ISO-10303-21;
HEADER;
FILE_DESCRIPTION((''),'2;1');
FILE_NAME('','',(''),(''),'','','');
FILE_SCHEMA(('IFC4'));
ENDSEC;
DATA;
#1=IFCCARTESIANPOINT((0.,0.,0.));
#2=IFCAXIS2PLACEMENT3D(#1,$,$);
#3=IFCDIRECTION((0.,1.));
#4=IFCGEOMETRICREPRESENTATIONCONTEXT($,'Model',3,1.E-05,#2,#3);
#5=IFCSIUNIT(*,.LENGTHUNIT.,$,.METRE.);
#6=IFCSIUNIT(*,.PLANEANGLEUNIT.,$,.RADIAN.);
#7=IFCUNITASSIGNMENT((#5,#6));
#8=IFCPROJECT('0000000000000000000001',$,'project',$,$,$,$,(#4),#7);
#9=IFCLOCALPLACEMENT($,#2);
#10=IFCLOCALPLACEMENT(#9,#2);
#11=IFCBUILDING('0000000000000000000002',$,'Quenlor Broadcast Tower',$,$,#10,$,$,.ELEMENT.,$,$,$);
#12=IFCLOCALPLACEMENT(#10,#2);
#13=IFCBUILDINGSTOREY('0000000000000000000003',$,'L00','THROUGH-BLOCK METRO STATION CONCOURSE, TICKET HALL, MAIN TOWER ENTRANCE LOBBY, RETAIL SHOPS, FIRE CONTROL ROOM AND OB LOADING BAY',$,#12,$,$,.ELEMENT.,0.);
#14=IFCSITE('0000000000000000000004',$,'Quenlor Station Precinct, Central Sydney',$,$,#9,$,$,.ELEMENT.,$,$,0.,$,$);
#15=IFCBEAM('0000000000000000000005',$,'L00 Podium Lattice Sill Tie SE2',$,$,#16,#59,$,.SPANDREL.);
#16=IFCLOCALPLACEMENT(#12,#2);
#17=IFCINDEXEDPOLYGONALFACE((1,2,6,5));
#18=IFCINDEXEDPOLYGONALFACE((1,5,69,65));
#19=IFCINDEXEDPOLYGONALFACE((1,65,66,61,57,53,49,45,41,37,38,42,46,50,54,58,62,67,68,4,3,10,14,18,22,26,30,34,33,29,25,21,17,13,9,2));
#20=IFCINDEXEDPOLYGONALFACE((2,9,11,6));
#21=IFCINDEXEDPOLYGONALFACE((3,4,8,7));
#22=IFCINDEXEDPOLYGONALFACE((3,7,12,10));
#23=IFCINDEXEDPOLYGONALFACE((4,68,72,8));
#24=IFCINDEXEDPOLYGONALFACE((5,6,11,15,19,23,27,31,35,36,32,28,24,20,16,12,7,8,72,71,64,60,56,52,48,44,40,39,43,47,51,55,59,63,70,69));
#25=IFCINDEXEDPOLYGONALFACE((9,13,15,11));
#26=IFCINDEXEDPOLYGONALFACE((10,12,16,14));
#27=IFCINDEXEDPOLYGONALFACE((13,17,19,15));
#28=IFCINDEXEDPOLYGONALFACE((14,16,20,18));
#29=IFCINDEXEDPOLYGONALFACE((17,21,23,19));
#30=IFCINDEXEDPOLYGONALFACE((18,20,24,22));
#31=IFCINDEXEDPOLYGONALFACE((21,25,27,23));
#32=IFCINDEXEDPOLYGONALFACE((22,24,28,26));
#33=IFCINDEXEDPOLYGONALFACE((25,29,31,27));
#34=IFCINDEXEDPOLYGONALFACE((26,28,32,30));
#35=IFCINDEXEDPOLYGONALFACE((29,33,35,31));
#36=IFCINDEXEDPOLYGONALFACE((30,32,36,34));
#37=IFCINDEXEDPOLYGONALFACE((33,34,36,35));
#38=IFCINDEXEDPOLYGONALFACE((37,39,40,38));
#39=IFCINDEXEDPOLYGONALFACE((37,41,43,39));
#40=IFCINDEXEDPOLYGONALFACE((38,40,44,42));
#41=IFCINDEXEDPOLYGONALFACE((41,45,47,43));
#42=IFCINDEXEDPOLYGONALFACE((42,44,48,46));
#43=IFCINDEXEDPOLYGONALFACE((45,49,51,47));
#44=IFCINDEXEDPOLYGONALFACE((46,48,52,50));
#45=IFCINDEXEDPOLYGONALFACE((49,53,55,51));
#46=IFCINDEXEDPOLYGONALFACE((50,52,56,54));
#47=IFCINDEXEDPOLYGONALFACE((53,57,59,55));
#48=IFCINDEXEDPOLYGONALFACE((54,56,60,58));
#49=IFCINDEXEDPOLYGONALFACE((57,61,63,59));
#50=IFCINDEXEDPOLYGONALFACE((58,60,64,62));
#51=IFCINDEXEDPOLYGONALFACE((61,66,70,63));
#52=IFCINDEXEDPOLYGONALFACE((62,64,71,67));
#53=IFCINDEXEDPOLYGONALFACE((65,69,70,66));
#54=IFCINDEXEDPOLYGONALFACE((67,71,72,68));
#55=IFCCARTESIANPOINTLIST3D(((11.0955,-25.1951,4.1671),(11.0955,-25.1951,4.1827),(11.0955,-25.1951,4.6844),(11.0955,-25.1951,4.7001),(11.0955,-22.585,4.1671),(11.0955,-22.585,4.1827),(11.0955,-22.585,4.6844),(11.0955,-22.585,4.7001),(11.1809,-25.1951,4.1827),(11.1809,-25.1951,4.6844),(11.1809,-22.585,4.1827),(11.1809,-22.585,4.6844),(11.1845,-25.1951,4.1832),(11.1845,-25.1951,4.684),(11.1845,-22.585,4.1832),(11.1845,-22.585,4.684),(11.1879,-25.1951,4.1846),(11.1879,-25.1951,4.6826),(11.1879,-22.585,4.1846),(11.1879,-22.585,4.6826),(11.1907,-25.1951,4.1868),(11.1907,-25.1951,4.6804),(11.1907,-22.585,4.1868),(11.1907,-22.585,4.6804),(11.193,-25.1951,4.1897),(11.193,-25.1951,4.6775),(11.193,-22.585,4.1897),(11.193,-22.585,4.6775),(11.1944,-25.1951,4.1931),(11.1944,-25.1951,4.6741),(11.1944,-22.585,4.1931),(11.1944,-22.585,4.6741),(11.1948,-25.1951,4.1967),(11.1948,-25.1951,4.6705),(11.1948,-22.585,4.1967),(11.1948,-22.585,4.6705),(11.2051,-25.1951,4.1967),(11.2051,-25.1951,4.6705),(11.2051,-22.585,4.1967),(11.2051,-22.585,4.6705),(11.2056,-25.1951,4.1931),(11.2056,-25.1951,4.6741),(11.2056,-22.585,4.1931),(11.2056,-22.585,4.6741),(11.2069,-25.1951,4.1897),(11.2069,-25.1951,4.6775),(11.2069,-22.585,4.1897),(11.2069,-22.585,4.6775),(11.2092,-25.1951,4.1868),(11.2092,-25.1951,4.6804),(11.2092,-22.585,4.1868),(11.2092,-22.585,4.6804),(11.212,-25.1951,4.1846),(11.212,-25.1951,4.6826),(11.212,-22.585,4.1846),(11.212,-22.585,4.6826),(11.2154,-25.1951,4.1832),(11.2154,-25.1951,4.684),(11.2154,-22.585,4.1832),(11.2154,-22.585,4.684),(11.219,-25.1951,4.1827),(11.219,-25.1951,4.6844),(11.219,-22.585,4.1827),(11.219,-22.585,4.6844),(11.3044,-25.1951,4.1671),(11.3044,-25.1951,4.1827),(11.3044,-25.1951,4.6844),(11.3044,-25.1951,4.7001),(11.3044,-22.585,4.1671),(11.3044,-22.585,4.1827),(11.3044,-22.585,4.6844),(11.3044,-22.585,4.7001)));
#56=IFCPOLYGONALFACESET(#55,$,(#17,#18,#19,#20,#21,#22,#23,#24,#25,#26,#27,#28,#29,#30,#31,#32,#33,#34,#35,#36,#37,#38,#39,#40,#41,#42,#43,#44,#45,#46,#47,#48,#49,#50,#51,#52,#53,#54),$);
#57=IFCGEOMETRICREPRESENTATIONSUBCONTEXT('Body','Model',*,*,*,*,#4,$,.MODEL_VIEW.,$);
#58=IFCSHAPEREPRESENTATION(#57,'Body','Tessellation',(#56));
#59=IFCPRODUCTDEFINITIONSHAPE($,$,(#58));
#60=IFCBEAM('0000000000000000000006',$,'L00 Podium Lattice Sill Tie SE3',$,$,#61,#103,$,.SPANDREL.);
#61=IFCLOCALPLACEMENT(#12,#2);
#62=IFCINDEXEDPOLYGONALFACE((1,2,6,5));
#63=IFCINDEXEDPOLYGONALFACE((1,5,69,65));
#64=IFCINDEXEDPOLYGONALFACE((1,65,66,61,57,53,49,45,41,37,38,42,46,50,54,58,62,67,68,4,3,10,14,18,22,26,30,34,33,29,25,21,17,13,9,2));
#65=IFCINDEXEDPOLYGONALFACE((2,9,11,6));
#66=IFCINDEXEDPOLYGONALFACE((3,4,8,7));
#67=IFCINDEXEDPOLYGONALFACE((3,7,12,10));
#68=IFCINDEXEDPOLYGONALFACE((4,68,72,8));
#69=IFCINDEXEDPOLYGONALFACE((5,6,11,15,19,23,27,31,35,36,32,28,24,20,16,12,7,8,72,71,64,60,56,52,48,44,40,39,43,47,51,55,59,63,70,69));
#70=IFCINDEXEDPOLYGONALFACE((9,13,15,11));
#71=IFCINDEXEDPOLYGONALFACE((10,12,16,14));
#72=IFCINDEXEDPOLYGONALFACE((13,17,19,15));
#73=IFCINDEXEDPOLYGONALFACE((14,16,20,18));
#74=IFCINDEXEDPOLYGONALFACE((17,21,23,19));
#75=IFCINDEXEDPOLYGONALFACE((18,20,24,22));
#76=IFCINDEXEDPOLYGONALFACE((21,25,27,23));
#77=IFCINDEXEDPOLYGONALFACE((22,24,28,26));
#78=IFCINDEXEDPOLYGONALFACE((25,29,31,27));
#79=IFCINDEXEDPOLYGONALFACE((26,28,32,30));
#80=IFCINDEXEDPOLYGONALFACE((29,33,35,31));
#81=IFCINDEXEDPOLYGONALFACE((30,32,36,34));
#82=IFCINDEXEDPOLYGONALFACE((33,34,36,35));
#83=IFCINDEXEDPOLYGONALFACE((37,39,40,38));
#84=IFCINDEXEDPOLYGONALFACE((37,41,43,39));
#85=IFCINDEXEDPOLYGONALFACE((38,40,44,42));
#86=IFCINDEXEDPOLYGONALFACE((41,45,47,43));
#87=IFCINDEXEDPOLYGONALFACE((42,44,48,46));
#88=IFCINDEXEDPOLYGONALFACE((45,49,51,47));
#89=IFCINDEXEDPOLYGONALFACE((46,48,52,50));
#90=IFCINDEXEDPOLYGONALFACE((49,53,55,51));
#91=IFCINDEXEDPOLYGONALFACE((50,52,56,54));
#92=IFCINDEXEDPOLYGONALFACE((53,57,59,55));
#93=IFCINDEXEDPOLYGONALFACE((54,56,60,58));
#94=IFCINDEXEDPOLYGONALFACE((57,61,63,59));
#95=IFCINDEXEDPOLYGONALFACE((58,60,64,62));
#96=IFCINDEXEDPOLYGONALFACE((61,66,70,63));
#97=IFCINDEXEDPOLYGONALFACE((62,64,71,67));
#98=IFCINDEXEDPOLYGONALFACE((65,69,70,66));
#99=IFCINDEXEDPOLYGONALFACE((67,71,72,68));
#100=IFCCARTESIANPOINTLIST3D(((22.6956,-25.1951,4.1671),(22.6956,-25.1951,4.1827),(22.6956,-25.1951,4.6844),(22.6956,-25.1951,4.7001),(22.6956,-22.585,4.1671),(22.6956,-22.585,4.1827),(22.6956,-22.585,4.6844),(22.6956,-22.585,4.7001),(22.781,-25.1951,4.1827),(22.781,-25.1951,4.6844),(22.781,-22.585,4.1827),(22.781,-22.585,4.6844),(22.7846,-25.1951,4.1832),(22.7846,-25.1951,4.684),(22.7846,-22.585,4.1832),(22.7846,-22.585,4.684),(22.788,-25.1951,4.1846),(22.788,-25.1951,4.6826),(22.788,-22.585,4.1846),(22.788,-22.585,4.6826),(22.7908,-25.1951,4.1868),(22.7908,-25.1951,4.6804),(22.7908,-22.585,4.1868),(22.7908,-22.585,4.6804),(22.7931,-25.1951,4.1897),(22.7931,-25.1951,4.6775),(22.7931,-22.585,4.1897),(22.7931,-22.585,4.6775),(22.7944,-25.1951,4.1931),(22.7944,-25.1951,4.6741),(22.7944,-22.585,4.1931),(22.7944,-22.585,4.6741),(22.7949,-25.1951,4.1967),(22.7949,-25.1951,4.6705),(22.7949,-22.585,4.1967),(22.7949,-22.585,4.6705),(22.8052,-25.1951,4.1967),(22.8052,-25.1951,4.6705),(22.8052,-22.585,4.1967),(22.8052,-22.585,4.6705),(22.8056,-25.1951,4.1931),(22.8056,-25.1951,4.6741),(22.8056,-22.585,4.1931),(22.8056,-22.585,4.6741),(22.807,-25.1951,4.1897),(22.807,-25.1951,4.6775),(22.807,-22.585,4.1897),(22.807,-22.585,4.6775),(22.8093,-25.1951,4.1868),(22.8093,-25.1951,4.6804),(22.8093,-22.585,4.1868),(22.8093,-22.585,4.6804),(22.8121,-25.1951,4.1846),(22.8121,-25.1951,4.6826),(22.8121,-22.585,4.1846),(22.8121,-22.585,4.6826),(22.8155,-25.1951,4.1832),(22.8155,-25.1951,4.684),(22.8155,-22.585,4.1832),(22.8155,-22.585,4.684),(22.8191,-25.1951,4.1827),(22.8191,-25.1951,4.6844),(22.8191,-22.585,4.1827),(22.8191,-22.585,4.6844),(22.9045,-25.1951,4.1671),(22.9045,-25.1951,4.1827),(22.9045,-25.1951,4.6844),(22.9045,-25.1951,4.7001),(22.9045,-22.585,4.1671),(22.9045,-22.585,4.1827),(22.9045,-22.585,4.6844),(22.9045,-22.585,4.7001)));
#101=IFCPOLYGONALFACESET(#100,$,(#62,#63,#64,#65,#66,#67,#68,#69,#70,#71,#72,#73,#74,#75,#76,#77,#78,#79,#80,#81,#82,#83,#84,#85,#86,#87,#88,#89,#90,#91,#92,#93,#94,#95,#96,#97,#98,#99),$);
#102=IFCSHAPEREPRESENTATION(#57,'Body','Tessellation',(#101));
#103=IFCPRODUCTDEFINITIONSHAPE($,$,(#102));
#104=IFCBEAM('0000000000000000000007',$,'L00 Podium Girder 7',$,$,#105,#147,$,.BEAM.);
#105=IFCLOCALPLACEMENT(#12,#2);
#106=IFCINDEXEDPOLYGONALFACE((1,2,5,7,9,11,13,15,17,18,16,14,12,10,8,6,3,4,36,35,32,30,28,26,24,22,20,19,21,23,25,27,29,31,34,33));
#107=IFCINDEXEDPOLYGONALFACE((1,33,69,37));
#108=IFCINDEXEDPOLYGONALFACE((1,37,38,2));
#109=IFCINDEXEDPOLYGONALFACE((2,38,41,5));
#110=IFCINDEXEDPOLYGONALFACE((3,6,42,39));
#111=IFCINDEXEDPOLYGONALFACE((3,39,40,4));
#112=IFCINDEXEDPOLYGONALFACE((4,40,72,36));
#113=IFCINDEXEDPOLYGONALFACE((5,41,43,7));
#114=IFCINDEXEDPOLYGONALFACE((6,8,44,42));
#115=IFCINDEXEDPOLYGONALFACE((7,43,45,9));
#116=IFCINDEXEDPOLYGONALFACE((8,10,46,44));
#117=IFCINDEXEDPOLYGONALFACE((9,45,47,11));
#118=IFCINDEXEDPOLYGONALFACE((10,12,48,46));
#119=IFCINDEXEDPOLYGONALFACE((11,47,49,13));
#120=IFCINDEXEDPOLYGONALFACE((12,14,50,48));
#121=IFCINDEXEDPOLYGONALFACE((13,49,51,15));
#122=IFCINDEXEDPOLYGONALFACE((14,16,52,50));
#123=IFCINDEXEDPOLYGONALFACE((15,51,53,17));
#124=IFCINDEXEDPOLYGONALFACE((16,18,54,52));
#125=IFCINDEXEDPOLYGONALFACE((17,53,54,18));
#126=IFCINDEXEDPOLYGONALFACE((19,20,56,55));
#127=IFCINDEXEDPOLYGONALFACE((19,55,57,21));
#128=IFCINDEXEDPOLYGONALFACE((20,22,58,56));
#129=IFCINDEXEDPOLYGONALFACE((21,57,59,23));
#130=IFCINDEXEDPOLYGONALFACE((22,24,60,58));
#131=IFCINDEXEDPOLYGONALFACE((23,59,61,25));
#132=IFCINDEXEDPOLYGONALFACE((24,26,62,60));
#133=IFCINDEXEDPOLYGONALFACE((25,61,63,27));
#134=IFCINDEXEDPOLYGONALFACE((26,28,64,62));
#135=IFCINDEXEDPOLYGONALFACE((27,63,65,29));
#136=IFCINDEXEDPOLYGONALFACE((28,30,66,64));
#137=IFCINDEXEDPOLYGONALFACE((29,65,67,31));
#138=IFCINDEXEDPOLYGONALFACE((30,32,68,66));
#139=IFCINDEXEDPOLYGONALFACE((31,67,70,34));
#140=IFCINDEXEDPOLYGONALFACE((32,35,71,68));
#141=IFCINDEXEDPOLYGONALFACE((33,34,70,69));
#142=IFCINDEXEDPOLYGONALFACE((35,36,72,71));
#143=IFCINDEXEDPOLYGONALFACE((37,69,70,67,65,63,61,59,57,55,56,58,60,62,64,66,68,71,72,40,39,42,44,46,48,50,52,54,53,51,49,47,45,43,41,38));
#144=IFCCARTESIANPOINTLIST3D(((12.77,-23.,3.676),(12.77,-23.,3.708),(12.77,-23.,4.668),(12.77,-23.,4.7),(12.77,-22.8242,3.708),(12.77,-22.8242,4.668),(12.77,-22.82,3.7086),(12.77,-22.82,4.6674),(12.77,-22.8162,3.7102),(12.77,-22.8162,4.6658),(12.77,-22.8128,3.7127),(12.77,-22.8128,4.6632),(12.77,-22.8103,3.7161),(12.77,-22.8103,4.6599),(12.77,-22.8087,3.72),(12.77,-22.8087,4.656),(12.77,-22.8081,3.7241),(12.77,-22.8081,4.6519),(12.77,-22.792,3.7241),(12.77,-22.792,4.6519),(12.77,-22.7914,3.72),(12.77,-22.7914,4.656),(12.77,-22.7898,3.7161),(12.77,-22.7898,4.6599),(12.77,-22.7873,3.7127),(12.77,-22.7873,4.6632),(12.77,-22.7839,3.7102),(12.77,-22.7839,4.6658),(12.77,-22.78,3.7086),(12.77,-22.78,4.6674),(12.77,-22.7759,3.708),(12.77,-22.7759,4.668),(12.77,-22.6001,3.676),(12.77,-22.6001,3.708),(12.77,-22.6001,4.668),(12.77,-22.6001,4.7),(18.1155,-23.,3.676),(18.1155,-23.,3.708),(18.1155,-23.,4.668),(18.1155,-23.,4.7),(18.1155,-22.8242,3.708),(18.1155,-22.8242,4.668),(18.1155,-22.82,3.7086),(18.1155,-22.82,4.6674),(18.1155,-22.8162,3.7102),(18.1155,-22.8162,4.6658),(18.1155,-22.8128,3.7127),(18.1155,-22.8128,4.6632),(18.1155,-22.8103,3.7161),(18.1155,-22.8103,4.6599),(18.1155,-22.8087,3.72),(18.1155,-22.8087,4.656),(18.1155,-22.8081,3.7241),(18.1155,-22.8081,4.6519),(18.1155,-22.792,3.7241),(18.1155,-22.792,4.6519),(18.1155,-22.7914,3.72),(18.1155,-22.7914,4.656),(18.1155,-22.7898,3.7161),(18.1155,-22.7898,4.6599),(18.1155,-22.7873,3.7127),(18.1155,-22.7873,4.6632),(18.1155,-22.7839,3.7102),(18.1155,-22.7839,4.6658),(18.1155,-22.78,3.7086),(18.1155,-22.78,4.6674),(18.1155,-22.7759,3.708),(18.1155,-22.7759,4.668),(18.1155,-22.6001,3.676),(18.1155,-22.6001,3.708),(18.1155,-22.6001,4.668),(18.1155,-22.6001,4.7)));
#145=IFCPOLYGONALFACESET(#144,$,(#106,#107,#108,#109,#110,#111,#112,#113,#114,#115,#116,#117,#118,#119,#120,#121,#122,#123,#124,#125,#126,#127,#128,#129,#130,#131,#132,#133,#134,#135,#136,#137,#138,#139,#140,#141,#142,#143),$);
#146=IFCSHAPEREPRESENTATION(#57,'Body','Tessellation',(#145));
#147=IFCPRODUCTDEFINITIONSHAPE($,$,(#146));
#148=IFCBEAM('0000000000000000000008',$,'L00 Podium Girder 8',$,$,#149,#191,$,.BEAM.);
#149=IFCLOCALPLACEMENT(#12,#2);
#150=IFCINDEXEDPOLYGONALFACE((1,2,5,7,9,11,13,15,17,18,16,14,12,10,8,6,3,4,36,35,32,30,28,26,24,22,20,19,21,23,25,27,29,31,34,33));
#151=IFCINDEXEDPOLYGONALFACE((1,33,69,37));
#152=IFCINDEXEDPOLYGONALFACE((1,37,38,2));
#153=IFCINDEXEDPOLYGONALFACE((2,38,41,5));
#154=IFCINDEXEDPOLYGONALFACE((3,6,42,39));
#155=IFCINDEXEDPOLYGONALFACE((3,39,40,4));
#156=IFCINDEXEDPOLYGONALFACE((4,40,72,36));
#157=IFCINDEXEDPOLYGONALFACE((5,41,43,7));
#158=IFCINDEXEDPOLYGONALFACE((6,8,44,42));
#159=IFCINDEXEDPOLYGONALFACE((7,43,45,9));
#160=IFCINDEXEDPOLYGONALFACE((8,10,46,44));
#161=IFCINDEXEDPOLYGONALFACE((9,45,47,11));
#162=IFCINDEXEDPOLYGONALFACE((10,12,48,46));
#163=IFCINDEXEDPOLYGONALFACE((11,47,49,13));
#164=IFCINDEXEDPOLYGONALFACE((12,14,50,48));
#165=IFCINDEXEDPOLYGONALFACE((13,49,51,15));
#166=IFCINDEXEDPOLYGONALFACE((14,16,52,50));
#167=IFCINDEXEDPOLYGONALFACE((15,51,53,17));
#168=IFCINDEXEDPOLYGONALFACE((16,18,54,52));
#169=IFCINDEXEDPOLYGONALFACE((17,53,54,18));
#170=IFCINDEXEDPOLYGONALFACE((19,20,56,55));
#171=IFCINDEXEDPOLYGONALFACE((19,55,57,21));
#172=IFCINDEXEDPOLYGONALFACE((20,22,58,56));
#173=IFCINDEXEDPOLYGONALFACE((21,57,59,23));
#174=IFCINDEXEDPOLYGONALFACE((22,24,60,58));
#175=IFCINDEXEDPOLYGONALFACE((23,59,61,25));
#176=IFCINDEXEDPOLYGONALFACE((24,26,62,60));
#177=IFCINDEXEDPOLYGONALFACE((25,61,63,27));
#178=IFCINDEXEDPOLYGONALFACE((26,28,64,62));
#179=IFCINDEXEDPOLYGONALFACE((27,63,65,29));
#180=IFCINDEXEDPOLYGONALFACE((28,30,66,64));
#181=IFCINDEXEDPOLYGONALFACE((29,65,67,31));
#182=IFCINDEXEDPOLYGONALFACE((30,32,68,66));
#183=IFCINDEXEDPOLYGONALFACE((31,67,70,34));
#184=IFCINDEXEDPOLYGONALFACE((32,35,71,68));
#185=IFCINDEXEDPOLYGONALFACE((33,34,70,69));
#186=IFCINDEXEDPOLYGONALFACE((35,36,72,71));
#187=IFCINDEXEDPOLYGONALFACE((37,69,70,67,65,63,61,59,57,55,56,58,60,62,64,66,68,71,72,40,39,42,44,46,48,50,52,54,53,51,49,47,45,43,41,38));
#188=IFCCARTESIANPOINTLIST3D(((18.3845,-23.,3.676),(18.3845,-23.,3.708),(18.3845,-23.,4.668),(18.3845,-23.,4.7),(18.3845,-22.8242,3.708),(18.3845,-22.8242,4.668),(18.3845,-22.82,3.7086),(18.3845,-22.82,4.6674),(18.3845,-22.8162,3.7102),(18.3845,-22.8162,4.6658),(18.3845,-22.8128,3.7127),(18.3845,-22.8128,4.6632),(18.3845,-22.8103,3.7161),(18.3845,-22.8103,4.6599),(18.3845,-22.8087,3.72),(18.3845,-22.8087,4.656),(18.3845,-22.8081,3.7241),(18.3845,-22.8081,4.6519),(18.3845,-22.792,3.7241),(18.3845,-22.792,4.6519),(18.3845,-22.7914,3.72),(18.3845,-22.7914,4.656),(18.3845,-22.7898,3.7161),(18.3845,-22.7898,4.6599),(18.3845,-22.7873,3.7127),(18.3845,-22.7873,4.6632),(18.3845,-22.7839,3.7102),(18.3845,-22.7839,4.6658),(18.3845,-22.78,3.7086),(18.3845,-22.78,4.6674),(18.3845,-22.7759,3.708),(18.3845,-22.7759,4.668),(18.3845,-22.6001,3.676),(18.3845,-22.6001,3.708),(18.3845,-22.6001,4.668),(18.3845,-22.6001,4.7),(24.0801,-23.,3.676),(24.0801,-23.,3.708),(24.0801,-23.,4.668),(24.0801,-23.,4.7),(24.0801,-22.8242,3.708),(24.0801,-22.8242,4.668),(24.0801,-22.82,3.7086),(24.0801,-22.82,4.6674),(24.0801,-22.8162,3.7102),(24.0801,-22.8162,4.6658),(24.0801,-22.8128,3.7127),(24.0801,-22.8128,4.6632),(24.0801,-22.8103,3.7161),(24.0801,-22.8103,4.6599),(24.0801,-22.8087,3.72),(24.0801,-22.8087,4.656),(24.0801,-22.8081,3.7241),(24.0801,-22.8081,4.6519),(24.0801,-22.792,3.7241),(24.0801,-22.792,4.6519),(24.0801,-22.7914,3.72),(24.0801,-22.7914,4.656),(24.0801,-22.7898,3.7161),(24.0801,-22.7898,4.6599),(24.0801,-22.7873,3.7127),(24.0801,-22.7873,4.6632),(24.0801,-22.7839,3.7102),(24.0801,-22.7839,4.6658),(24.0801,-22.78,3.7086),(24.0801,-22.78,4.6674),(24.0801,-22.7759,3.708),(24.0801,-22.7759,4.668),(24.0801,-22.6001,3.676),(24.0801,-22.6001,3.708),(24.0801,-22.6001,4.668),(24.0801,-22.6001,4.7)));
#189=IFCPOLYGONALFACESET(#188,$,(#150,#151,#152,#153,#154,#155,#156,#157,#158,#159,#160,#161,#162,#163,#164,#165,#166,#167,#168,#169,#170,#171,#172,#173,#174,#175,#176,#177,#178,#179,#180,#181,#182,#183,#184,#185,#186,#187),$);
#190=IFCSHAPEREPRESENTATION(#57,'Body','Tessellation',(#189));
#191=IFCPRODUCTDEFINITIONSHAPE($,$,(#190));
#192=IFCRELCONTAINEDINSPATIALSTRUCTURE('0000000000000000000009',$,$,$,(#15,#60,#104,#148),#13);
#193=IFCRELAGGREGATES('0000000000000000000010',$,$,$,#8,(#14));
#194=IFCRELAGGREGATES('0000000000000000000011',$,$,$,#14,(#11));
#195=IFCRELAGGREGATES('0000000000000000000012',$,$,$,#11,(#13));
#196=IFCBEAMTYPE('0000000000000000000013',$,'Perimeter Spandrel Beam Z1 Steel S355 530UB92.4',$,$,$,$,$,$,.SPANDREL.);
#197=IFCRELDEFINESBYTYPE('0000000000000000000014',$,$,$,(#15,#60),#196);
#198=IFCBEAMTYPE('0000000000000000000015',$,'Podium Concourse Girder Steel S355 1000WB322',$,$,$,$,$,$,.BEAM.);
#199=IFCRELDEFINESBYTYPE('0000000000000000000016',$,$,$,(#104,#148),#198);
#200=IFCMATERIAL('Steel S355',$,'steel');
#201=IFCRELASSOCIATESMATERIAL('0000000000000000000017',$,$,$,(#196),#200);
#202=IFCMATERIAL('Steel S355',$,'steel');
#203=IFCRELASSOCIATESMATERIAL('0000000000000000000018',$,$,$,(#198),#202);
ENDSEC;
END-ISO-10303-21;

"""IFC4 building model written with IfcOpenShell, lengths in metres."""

from ifc_helpers import new_model, si_unit, direction, frame, origin, origin_2d, place, context, subcontext, project, spatial, i_section, extrude, material, material_profile, profile_set, type_object, element, save


model = new_model("IFC4")

# Units and contexts
model_context = context("Model", 3, precision=1e-05, world=origin(), true_north=direction((0.0, 1.0)))
body_context = subcontext(model_context, "Body", "Model", "MODEL_VIEW")
ifc_project = project(units=[si_unit("LENGTHUNIT", "METRE"), si_unit("PLANEANGLEUNIT", "RADIAN")], contexts=[model_context])

# Site, building, storey
site_placement = place(None, origin())
site = spatial("IfcSite", under=ifc_project, at=site_placement, Name="Quenlor Station Precinct, Central Sydney", CompositionType="ELEMENT", RefElevation=0.0)
building_placement = place(site_placement, origin())
building = spatial("IfcBuilding", under=site, at=building_placement, Name="Quenlor Broadcast Tower", CompositionType="ELEMENT")
storey_placement = place(building_placement, origin())
storey = spatial("IfcBuildingStorey", under=building, at=storey_placement, Name="L00", Description="THROUGH-BLOCK METRO STATION CONCOURSE, TICKET HALL, MAIN TOWER ENTRANCE LOBBY, RETAIL SHOPS, FIRE CONTROL ROOM AND OB LOADING BAY", CompositionType="ELEMENT", Elevation=0.0)

# Beams
ifc_material_1 = material(Name="Steel S355", Category="steel")
ifc_material_profile_1 = material_profile(ifc_material_1, i_section(OverallWidth=0.209, OverallDepth=0.533, WebThickness=0.0103, FlangeThickness=0.0156, FilletRadius=0.0139, at=origin_2d()))
ifc_profile_set_1 = profile_set([ifc_material_profile_1], Name="Steel S355 530UB92.4")
beam_type_1 = type_object("IfcBeamType", Name="Perimeter Spandrel Beam Z1 Steel S355 530UB92.4", PredefinedType="SPANDREL", material=ifc_profile_set_1)
for number, where, z_axis, x_axis, name in (
    (1, (11.2, -22.585, 4.4336), (0.0, -1.0, 0.0), (1.0, 0.0, 0.0), "L00 Podium Lattice Sill Tie SE2"),
    (2, (22.8, -22.585, 4.4336), (0.0, -1.0, 0.0), (1.0, 0.0, 0.0), "L00 Podium Lattice Sill Tie SE3"),
):
    element("IfcBeam", number, at=place(storey_placement, frame(where, z_axis=z_axis, x_axis=x_axis)), inside=storey, type_object=beam_type_1, Name=name, PredefinedType="SPANDREL", context=body_context, shape_type="SweptSolid", body=[
        extrude(i_section(OverallWidth=0.209, OverallDepth=0.533, WebThickness=0.0103, FlangeThickness=0.0156, FilletRadius=0.0139, at=origin_2d()), origin(), (0.0, 0.0, 1.0), 2.6101),
    ])
ifc_material_2 = material(Name="Steel S355", Category="steel")
ifc_material_profile_2 = material_profile(ifc_material_2, i_section(OverallWidth=0.3999, OverallDepth=1.0239, WebThickness=0.0161, FlangeThickness=0.032, FilletRadius=0.0161, at=origin_2d()))
ifc_profile_set_2 = profile_set([ifc_material_profile_2], Name="Steel S355 1000WB322")
beam_type_2 = type_object("IfcBeamType", Name="Podium Concourse Girder Steel S355 1000WB322", PredefinedType="BEAM", material=ifc_profile_set_2)
beam_1_placement = place(storey_placement, frame((12.77, -22.8, 4.188), z_axis=(1.0, 0.0, 0.0), x_axis=(0.0, 1.0, 0.0)))
element("IfcBeam", 3, at=beam_1_placement, inside=storey, type_object=beam_type_2, Name="L00 Podium Girder 7", PredefinedType="BEAM", context=body_context, shape_type="SweptSolid", body=[
    extrude(i_section(OverallWidth=0.3999, OverallDepth=1.0239, WebThickness=0.0161, FlangeThickness=0.032, FilletRadius=0.0161, at=origin_2d()), origin(), (0.0, 0.0, 1.0), 5.3455),
])
beam_2_placement = place(storey_placement, frame((18.3845, -22.8, 4.188), z_axis=(1.0, 0.0, 0.0), x_axis=(0.0, 1.0, 0.0)))
element("IfcBeam", 4, at=beam_2_placement, inside=storey, type_object=beam_type_2, Name="L00 Podium Girder 8", PredefinedType="BEAM", context=body_context, shape_type="SweptSolid", body=[
    extrude(i_section(OverallWidth=0.3999, OverallDepth=1.0239, WebThickness=0.0161, FlangeThickness=0.032, FilletRadius=0.0161, at=origin_2d()), origin(), (0.0, 0.0, 1.0), 5.6956),
])

save(model, "model.ifc")
